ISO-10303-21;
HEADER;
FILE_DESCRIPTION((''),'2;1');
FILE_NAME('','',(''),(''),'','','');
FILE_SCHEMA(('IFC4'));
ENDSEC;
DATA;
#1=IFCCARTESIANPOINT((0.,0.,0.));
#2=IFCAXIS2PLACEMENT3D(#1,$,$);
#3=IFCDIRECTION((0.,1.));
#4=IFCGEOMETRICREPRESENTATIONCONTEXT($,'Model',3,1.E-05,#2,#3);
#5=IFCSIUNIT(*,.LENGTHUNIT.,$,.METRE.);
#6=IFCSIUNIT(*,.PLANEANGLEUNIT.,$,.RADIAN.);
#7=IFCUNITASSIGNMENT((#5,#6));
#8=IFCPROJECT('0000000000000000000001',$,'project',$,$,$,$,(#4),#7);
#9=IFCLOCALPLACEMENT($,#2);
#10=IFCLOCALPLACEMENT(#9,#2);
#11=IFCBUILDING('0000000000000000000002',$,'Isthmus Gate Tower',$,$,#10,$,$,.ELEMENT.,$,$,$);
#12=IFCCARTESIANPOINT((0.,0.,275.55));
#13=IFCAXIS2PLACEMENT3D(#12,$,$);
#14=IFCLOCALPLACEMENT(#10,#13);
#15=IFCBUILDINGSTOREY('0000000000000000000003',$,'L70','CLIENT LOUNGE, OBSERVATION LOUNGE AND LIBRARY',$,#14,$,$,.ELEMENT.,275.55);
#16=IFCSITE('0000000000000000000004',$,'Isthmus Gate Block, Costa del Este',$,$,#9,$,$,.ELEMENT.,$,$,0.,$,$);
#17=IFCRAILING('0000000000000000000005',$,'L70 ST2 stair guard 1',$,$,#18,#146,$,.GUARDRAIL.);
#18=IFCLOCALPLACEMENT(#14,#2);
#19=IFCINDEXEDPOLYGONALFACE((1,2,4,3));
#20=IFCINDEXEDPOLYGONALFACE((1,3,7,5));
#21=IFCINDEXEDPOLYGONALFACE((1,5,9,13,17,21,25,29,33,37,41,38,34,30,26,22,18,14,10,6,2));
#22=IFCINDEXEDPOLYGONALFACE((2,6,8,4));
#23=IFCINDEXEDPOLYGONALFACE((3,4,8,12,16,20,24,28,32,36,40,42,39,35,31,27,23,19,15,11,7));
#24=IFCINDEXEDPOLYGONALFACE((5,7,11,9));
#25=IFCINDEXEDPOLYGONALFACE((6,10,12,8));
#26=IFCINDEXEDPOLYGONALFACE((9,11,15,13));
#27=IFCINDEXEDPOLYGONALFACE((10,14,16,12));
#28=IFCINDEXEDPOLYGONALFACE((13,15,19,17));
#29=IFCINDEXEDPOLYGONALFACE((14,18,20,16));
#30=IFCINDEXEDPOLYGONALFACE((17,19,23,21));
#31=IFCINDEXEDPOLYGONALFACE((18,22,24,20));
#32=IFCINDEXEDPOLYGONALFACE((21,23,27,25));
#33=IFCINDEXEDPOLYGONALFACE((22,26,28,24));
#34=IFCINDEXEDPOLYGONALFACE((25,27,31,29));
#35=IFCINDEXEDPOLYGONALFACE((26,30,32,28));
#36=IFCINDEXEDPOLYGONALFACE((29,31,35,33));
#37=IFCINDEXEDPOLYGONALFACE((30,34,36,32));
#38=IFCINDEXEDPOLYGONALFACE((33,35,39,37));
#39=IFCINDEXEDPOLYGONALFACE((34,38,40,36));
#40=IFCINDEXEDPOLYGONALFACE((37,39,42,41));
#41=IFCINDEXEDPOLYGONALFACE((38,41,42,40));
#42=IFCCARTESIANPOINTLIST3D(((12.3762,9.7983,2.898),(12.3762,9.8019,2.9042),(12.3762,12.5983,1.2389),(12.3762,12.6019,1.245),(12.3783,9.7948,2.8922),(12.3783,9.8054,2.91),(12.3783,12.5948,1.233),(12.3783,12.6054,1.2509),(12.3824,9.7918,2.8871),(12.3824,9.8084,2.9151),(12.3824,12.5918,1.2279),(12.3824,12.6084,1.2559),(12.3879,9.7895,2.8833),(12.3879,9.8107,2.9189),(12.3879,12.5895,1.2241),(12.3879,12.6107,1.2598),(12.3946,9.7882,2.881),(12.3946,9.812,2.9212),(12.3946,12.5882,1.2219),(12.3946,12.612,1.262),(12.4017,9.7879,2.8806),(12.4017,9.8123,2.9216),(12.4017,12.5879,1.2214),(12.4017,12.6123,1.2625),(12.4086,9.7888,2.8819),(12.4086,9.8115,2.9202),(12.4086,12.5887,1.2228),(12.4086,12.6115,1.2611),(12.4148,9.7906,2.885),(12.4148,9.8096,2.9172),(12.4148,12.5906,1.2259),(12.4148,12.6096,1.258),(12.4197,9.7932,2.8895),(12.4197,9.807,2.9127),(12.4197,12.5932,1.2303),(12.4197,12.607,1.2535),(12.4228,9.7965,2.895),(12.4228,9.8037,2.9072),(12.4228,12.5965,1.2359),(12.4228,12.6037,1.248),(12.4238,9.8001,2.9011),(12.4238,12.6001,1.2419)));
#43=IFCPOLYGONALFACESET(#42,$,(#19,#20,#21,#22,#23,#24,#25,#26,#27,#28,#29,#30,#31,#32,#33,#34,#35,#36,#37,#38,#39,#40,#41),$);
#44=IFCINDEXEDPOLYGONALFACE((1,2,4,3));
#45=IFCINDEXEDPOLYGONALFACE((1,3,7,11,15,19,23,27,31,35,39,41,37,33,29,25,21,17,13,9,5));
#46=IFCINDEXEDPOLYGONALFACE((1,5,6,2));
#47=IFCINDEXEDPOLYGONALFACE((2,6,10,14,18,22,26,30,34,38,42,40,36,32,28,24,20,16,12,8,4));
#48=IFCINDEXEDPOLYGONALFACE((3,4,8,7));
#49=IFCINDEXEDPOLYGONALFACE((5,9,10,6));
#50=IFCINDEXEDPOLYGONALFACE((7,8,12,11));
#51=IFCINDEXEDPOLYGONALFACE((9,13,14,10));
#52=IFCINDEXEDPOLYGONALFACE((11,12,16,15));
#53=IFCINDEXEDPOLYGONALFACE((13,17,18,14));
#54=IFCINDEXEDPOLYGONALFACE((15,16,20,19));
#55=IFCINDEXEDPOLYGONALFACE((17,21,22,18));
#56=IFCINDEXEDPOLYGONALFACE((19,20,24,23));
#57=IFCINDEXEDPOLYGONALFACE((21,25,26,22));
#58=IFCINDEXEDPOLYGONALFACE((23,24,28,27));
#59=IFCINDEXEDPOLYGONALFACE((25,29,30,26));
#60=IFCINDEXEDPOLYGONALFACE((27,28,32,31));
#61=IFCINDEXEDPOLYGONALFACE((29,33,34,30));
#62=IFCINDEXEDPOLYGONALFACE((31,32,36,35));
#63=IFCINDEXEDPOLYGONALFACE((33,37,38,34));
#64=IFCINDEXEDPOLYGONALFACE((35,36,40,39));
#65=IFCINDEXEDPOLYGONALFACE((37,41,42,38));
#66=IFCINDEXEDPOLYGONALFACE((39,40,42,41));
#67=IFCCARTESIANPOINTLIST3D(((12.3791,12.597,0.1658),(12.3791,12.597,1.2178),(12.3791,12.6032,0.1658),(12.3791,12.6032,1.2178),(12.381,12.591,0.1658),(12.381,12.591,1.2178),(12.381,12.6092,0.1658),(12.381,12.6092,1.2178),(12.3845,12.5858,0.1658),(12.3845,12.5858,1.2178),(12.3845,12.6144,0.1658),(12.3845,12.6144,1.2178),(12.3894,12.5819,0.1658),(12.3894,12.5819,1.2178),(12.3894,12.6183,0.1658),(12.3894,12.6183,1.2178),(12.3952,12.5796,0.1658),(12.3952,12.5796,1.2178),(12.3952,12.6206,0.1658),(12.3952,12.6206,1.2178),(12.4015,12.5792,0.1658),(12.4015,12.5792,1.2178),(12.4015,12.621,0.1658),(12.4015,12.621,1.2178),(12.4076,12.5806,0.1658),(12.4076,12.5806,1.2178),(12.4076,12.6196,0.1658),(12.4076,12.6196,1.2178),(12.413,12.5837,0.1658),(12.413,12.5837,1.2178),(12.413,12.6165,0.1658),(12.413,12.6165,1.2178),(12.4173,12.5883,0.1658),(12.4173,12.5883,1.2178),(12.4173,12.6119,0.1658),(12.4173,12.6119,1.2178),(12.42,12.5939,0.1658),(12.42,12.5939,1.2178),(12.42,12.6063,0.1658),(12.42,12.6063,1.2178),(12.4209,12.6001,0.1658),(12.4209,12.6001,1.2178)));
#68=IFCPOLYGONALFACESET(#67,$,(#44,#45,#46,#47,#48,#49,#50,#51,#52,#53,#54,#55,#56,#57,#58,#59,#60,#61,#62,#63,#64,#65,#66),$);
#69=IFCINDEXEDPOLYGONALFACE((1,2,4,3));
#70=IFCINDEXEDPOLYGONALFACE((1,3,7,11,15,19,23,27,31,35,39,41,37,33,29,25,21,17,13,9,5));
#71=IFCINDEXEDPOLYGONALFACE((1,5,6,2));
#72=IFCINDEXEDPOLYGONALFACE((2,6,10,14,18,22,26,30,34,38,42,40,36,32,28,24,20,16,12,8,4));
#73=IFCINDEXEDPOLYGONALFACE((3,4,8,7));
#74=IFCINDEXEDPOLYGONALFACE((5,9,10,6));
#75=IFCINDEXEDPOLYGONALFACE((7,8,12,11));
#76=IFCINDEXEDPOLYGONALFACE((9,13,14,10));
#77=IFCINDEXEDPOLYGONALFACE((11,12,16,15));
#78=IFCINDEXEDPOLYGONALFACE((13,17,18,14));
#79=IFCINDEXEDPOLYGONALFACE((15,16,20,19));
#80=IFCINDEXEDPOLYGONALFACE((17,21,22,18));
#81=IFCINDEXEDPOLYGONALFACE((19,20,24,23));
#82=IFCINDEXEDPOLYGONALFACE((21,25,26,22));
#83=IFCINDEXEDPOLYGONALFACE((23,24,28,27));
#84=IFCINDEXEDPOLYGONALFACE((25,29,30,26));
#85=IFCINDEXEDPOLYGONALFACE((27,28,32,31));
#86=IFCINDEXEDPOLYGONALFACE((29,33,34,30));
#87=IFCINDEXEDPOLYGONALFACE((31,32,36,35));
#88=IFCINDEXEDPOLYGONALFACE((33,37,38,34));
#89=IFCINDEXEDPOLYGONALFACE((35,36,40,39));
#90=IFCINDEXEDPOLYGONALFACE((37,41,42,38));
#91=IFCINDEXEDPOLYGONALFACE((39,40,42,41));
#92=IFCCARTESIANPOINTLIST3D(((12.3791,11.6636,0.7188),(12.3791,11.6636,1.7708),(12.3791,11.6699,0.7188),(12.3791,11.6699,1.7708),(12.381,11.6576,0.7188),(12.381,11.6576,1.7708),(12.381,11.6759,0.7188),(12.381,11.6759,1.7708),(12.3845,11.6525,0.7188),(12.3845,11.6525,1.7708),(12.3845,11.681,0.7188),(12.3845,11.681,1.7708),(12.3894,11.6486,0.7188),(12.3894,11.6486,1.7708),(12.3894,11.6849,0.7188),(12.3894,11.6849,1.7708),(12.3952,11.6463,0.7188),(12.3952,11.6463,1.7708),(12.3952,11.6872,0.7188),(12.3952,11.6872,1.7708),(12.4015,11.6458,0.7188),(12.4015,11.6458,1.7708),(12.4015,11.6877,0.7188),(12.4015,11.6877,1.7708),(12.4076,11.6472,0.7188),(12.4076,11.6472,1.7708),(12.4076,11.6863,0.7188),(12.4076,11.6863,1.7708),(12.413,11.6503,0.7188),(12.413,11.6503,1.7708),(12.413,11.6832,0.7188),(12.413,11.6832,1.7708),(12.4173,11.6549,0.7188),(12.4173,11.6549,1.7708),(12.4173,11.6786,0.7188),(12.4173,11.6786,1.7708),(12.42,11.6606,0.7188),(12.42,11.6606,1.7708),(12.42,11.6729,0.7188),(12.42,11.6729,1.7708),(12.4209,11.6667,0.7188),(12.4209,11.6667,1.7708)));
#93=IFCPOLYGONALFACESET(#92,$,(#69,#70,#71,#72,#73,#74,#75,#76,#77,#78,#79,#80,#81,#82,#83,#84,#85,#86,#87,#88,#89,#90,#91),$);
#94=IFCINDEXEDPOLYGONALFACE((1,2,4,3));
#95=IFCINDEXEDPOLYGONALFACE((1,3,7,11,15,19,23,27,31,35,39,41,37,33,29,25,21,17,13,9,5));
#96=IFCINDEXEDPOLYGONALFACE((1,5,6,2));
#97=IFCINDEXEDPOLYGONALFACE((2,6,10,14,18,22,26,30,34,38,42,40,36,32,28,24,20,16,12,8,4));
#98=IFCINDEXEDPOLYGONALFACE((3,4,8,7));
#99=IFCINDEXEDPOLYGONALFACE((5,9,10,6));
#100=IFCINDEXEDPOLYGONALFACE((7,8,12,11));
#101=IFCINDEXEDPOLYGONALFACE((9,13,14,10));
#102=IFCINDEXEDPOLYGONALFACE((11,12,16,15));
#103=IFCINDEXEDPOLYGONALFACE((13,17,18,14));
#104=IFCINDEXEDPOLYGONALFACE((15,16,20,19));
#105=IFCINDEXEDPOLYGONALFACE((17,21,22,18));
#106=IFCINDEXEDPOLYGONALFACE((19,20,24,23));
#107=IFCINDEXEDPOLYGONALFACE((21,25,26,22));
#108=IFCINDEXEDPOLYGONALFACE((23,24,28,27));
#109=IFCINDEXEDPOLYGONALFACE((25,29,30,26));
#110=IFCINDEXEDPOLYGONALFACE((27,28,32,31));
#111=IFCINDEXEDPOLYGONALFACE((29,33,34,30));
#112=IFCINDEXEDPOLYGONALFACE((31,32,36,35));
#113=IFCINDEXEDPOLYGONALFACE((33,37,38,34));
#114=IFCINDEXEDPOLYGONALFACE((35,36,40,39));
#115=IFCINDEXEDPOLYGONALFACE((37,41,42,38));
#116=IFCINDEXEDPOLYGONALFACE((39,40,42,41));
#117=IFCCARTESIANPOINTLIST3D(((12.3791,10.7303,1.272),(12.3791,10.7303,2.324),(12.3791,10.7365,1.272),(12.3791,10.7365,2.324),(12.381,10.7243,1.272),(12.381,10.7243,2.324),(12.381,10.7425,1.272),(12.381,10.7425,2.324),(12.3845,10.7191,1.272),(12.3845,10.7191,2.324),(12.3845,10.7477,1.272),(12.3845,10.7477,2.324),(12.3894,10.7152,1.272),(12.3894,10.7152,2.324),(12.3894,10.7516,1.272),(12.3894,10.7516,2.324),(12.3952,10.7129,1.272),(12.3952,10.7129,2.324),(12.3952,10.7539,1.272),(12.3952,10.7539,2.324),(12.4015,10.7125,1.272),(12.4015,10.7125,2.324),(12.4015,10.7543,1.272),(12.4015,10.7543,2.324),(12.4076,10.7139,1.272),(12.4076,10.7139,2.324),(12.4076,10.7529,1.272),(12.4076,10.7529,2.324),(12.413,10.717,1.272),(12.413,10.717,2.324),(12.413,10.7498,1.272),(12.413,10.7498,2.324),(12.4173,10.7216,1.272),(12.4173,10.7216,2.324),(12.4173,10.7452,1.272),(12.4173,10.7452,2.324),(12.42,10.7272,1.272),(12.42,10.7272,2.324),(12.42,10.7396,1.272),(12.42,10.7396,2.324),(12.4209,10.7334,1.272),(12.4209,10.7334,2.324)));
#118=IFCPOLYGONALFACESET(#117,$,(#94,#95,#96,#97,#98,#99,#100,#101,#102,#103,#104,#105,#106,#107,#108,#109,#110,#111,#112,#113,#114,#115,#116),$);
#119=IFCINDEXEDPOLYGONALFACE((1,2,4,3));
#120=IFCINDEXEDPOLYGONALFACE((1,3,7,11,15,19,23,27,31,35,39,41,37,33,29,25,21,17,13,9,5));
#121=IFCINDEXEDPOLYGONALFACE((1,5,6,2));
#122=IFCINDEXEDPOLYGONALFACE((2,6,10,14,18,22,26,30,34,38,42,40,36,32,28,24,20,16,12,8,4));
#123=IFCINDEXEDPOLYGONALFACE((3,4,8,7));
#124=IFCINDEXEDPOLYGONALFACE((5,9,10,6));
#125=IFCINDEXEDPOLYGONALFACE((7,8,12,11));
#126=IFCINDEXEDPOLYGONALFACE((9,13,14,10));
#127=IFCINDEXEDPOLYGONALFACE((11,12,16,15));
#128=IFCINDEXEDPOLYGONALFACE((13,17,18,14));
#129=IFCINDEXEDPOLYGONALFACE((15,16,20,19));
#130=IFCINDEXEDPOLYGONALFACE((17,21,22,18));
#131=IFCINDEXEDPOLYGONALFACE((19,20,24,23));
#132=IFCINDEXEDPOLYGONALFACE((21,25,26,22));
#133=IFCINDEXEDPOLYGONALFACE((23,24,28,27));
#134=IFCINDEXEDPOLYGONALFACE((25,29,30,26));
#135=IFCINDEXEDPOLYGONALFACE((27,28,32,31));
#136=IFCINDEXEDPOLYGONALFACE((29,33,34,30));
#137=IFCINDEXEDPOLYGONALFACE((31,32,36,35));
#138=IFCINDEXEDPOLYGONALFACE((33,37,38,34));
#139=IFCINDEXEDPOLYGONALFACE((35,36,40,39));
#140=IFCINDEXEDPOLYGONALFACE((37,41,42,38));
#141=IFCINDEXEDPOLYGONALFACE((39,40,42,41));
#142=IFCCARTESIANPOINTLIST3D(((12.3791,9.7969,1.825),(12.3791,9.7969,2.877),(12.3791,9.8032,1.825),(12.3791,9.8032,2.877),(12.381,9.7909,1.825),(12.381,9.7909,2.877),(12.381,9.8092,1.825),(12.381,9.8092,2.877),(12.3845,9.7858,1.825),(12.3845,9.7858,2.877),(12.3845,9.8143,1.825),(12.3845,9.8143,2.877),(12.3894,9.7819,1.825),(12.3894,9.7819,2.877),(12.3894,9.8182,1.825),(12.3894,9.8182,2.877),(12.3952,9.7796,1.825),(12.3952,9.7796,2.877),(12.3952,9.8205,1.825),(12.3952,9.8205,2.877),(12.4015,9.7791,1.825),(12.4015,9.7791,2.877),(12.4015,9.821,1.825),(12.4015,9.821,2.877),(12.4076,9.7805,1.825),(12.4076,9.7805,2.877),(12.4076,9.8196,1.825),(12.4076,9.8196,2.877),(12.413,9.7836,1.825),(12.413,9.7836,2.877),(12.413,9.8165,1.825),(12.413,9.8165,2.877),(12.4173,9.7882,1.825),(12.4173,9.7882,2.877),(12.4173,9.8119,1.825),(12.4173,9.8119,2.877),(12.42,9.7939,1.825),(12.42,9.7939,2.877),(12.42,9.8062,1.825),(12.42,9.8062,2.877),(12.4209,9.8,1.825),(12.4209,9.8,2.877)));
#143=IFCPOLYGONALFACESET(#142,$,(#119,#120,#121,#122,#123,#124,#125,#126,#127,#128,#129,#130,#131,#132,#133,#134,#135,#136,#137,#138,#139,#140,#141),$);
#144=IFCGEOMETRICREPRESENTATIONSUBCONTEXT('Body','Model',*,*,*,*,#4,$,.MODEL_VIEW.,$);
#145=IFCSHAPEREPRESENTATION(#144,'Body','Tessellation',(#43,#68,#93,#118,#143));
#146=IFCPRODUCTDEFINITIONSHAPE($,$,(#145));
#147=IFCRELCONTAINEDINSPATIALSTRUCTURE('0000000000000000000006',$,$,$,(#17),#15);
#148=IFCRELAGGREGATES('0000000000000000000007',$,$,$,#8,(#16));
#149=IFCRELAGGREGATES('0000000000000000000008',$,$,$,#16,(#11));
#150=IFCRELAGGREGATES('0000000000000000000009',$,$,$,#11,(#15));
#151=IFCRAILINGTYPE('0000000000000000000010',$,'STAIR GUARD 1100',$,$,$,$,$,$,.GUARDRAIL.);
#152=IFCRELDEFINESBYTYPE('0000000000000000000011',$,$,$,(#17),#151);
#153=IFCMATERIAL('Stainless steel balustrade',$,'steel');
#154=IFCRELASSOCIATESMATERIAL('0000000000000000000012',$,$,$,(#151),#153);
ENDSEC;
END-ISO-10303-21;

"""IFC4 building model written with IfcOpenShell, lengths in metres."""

from ifc_helpers import new_model, si_unit, direction, frame, origin, origin_2d, place, context, subcontext, project, spatial, circle, extrude, material, type_object, element, save


model = new_model("IFC4")

# Units and contexts
model_context = context("Model", 3, precision=1e-05, world=origin(), true_north=direction((0.0, 1.0)))
body_context = subcontext(model_context, "Body", "Model", "MODEL_VIEW")
ifc_project = project(units=[si_unit("LENGTHUNIT", "METRE"), si_unit("PLANEANGLEUNIT", "RADIAN")], contexts=[model_context])

# Site, building, storey
site_placement = place(None, origin())
site = spatial("IfcSite", under=ifc_project, at=site_placement, Name="Isthmus Gate Block, Costa del Este", CompositionType="ELEMENT", RefElevation=0.0)
building_placement = place(site_placement, origin())
building = spatial("IfcBuilding", under=site, at=building_placement, Name="Isthmus Gate Tower", CompositionType="ELEMENT")
storey_placement = place(building_placement, frame((0.0, 0.0, 275.55)))
storey = spatial("IfcBuildingStorey", under=building, at=storey_placement, Name="L70", Description="CLIENT LOUNGE, OBSERVATION LOUNGE AND LIBRARY", CompositionType="ELEMENT", Elevation=275.55)

# Railing
ifc_material_1 = material(Name="Stainless steel balustrade", Category="steel")
railing_type_1 = type_object("IfcRailingType", Name="STAIR GUARD 1100", PredefinedType="GUARDRAIL", material=ifc_material_1)
railing_1_placement = place(storey_placement, frame((12.3999, 12.6001, 0.1658)))
element("IfcRailing", 1, at=railing_1_placement, inside=storey, type_object=railing_type_1, Name="L70 ST2 stair guard 1", PredefinedType="GUARDRAIL", context=body_context, shape_type="SweptSolid", body=[
    extrude(circle(Radius=0.0239, at=origin_2d()), frame((0.0, 0.0, 1.0762), z_axis=(0.0, -0.860306, 0.509778), x_axis=(1.0, 0.0, 0.0)), (0.0, 0.0, 1.0), 3.2546),
    extrude(circle(Radius=0.021, at=origin_2d()), origin(), (0.0, 0.0, 1.0), 1.052),
    extrude(circle(Radius=0.021, at=origin_2d()), frame((0.0, -0.9333, 0.553)), (0.0, 0.0, 1.0), 1.052),
    extrude(circle(Radius=0.021, at=origin_2d()), frame((0.0, -1.8667, 1.1062)), (0.0, 0.0, 1.0), 1.052),
    extrude(circle(Radius=0.021, at=origin_2d()), frame((0.0, -2.8, 1.6592)), (0.0, 0.0, 1.0), 1.052),
])

save(model, "model.ifc")
